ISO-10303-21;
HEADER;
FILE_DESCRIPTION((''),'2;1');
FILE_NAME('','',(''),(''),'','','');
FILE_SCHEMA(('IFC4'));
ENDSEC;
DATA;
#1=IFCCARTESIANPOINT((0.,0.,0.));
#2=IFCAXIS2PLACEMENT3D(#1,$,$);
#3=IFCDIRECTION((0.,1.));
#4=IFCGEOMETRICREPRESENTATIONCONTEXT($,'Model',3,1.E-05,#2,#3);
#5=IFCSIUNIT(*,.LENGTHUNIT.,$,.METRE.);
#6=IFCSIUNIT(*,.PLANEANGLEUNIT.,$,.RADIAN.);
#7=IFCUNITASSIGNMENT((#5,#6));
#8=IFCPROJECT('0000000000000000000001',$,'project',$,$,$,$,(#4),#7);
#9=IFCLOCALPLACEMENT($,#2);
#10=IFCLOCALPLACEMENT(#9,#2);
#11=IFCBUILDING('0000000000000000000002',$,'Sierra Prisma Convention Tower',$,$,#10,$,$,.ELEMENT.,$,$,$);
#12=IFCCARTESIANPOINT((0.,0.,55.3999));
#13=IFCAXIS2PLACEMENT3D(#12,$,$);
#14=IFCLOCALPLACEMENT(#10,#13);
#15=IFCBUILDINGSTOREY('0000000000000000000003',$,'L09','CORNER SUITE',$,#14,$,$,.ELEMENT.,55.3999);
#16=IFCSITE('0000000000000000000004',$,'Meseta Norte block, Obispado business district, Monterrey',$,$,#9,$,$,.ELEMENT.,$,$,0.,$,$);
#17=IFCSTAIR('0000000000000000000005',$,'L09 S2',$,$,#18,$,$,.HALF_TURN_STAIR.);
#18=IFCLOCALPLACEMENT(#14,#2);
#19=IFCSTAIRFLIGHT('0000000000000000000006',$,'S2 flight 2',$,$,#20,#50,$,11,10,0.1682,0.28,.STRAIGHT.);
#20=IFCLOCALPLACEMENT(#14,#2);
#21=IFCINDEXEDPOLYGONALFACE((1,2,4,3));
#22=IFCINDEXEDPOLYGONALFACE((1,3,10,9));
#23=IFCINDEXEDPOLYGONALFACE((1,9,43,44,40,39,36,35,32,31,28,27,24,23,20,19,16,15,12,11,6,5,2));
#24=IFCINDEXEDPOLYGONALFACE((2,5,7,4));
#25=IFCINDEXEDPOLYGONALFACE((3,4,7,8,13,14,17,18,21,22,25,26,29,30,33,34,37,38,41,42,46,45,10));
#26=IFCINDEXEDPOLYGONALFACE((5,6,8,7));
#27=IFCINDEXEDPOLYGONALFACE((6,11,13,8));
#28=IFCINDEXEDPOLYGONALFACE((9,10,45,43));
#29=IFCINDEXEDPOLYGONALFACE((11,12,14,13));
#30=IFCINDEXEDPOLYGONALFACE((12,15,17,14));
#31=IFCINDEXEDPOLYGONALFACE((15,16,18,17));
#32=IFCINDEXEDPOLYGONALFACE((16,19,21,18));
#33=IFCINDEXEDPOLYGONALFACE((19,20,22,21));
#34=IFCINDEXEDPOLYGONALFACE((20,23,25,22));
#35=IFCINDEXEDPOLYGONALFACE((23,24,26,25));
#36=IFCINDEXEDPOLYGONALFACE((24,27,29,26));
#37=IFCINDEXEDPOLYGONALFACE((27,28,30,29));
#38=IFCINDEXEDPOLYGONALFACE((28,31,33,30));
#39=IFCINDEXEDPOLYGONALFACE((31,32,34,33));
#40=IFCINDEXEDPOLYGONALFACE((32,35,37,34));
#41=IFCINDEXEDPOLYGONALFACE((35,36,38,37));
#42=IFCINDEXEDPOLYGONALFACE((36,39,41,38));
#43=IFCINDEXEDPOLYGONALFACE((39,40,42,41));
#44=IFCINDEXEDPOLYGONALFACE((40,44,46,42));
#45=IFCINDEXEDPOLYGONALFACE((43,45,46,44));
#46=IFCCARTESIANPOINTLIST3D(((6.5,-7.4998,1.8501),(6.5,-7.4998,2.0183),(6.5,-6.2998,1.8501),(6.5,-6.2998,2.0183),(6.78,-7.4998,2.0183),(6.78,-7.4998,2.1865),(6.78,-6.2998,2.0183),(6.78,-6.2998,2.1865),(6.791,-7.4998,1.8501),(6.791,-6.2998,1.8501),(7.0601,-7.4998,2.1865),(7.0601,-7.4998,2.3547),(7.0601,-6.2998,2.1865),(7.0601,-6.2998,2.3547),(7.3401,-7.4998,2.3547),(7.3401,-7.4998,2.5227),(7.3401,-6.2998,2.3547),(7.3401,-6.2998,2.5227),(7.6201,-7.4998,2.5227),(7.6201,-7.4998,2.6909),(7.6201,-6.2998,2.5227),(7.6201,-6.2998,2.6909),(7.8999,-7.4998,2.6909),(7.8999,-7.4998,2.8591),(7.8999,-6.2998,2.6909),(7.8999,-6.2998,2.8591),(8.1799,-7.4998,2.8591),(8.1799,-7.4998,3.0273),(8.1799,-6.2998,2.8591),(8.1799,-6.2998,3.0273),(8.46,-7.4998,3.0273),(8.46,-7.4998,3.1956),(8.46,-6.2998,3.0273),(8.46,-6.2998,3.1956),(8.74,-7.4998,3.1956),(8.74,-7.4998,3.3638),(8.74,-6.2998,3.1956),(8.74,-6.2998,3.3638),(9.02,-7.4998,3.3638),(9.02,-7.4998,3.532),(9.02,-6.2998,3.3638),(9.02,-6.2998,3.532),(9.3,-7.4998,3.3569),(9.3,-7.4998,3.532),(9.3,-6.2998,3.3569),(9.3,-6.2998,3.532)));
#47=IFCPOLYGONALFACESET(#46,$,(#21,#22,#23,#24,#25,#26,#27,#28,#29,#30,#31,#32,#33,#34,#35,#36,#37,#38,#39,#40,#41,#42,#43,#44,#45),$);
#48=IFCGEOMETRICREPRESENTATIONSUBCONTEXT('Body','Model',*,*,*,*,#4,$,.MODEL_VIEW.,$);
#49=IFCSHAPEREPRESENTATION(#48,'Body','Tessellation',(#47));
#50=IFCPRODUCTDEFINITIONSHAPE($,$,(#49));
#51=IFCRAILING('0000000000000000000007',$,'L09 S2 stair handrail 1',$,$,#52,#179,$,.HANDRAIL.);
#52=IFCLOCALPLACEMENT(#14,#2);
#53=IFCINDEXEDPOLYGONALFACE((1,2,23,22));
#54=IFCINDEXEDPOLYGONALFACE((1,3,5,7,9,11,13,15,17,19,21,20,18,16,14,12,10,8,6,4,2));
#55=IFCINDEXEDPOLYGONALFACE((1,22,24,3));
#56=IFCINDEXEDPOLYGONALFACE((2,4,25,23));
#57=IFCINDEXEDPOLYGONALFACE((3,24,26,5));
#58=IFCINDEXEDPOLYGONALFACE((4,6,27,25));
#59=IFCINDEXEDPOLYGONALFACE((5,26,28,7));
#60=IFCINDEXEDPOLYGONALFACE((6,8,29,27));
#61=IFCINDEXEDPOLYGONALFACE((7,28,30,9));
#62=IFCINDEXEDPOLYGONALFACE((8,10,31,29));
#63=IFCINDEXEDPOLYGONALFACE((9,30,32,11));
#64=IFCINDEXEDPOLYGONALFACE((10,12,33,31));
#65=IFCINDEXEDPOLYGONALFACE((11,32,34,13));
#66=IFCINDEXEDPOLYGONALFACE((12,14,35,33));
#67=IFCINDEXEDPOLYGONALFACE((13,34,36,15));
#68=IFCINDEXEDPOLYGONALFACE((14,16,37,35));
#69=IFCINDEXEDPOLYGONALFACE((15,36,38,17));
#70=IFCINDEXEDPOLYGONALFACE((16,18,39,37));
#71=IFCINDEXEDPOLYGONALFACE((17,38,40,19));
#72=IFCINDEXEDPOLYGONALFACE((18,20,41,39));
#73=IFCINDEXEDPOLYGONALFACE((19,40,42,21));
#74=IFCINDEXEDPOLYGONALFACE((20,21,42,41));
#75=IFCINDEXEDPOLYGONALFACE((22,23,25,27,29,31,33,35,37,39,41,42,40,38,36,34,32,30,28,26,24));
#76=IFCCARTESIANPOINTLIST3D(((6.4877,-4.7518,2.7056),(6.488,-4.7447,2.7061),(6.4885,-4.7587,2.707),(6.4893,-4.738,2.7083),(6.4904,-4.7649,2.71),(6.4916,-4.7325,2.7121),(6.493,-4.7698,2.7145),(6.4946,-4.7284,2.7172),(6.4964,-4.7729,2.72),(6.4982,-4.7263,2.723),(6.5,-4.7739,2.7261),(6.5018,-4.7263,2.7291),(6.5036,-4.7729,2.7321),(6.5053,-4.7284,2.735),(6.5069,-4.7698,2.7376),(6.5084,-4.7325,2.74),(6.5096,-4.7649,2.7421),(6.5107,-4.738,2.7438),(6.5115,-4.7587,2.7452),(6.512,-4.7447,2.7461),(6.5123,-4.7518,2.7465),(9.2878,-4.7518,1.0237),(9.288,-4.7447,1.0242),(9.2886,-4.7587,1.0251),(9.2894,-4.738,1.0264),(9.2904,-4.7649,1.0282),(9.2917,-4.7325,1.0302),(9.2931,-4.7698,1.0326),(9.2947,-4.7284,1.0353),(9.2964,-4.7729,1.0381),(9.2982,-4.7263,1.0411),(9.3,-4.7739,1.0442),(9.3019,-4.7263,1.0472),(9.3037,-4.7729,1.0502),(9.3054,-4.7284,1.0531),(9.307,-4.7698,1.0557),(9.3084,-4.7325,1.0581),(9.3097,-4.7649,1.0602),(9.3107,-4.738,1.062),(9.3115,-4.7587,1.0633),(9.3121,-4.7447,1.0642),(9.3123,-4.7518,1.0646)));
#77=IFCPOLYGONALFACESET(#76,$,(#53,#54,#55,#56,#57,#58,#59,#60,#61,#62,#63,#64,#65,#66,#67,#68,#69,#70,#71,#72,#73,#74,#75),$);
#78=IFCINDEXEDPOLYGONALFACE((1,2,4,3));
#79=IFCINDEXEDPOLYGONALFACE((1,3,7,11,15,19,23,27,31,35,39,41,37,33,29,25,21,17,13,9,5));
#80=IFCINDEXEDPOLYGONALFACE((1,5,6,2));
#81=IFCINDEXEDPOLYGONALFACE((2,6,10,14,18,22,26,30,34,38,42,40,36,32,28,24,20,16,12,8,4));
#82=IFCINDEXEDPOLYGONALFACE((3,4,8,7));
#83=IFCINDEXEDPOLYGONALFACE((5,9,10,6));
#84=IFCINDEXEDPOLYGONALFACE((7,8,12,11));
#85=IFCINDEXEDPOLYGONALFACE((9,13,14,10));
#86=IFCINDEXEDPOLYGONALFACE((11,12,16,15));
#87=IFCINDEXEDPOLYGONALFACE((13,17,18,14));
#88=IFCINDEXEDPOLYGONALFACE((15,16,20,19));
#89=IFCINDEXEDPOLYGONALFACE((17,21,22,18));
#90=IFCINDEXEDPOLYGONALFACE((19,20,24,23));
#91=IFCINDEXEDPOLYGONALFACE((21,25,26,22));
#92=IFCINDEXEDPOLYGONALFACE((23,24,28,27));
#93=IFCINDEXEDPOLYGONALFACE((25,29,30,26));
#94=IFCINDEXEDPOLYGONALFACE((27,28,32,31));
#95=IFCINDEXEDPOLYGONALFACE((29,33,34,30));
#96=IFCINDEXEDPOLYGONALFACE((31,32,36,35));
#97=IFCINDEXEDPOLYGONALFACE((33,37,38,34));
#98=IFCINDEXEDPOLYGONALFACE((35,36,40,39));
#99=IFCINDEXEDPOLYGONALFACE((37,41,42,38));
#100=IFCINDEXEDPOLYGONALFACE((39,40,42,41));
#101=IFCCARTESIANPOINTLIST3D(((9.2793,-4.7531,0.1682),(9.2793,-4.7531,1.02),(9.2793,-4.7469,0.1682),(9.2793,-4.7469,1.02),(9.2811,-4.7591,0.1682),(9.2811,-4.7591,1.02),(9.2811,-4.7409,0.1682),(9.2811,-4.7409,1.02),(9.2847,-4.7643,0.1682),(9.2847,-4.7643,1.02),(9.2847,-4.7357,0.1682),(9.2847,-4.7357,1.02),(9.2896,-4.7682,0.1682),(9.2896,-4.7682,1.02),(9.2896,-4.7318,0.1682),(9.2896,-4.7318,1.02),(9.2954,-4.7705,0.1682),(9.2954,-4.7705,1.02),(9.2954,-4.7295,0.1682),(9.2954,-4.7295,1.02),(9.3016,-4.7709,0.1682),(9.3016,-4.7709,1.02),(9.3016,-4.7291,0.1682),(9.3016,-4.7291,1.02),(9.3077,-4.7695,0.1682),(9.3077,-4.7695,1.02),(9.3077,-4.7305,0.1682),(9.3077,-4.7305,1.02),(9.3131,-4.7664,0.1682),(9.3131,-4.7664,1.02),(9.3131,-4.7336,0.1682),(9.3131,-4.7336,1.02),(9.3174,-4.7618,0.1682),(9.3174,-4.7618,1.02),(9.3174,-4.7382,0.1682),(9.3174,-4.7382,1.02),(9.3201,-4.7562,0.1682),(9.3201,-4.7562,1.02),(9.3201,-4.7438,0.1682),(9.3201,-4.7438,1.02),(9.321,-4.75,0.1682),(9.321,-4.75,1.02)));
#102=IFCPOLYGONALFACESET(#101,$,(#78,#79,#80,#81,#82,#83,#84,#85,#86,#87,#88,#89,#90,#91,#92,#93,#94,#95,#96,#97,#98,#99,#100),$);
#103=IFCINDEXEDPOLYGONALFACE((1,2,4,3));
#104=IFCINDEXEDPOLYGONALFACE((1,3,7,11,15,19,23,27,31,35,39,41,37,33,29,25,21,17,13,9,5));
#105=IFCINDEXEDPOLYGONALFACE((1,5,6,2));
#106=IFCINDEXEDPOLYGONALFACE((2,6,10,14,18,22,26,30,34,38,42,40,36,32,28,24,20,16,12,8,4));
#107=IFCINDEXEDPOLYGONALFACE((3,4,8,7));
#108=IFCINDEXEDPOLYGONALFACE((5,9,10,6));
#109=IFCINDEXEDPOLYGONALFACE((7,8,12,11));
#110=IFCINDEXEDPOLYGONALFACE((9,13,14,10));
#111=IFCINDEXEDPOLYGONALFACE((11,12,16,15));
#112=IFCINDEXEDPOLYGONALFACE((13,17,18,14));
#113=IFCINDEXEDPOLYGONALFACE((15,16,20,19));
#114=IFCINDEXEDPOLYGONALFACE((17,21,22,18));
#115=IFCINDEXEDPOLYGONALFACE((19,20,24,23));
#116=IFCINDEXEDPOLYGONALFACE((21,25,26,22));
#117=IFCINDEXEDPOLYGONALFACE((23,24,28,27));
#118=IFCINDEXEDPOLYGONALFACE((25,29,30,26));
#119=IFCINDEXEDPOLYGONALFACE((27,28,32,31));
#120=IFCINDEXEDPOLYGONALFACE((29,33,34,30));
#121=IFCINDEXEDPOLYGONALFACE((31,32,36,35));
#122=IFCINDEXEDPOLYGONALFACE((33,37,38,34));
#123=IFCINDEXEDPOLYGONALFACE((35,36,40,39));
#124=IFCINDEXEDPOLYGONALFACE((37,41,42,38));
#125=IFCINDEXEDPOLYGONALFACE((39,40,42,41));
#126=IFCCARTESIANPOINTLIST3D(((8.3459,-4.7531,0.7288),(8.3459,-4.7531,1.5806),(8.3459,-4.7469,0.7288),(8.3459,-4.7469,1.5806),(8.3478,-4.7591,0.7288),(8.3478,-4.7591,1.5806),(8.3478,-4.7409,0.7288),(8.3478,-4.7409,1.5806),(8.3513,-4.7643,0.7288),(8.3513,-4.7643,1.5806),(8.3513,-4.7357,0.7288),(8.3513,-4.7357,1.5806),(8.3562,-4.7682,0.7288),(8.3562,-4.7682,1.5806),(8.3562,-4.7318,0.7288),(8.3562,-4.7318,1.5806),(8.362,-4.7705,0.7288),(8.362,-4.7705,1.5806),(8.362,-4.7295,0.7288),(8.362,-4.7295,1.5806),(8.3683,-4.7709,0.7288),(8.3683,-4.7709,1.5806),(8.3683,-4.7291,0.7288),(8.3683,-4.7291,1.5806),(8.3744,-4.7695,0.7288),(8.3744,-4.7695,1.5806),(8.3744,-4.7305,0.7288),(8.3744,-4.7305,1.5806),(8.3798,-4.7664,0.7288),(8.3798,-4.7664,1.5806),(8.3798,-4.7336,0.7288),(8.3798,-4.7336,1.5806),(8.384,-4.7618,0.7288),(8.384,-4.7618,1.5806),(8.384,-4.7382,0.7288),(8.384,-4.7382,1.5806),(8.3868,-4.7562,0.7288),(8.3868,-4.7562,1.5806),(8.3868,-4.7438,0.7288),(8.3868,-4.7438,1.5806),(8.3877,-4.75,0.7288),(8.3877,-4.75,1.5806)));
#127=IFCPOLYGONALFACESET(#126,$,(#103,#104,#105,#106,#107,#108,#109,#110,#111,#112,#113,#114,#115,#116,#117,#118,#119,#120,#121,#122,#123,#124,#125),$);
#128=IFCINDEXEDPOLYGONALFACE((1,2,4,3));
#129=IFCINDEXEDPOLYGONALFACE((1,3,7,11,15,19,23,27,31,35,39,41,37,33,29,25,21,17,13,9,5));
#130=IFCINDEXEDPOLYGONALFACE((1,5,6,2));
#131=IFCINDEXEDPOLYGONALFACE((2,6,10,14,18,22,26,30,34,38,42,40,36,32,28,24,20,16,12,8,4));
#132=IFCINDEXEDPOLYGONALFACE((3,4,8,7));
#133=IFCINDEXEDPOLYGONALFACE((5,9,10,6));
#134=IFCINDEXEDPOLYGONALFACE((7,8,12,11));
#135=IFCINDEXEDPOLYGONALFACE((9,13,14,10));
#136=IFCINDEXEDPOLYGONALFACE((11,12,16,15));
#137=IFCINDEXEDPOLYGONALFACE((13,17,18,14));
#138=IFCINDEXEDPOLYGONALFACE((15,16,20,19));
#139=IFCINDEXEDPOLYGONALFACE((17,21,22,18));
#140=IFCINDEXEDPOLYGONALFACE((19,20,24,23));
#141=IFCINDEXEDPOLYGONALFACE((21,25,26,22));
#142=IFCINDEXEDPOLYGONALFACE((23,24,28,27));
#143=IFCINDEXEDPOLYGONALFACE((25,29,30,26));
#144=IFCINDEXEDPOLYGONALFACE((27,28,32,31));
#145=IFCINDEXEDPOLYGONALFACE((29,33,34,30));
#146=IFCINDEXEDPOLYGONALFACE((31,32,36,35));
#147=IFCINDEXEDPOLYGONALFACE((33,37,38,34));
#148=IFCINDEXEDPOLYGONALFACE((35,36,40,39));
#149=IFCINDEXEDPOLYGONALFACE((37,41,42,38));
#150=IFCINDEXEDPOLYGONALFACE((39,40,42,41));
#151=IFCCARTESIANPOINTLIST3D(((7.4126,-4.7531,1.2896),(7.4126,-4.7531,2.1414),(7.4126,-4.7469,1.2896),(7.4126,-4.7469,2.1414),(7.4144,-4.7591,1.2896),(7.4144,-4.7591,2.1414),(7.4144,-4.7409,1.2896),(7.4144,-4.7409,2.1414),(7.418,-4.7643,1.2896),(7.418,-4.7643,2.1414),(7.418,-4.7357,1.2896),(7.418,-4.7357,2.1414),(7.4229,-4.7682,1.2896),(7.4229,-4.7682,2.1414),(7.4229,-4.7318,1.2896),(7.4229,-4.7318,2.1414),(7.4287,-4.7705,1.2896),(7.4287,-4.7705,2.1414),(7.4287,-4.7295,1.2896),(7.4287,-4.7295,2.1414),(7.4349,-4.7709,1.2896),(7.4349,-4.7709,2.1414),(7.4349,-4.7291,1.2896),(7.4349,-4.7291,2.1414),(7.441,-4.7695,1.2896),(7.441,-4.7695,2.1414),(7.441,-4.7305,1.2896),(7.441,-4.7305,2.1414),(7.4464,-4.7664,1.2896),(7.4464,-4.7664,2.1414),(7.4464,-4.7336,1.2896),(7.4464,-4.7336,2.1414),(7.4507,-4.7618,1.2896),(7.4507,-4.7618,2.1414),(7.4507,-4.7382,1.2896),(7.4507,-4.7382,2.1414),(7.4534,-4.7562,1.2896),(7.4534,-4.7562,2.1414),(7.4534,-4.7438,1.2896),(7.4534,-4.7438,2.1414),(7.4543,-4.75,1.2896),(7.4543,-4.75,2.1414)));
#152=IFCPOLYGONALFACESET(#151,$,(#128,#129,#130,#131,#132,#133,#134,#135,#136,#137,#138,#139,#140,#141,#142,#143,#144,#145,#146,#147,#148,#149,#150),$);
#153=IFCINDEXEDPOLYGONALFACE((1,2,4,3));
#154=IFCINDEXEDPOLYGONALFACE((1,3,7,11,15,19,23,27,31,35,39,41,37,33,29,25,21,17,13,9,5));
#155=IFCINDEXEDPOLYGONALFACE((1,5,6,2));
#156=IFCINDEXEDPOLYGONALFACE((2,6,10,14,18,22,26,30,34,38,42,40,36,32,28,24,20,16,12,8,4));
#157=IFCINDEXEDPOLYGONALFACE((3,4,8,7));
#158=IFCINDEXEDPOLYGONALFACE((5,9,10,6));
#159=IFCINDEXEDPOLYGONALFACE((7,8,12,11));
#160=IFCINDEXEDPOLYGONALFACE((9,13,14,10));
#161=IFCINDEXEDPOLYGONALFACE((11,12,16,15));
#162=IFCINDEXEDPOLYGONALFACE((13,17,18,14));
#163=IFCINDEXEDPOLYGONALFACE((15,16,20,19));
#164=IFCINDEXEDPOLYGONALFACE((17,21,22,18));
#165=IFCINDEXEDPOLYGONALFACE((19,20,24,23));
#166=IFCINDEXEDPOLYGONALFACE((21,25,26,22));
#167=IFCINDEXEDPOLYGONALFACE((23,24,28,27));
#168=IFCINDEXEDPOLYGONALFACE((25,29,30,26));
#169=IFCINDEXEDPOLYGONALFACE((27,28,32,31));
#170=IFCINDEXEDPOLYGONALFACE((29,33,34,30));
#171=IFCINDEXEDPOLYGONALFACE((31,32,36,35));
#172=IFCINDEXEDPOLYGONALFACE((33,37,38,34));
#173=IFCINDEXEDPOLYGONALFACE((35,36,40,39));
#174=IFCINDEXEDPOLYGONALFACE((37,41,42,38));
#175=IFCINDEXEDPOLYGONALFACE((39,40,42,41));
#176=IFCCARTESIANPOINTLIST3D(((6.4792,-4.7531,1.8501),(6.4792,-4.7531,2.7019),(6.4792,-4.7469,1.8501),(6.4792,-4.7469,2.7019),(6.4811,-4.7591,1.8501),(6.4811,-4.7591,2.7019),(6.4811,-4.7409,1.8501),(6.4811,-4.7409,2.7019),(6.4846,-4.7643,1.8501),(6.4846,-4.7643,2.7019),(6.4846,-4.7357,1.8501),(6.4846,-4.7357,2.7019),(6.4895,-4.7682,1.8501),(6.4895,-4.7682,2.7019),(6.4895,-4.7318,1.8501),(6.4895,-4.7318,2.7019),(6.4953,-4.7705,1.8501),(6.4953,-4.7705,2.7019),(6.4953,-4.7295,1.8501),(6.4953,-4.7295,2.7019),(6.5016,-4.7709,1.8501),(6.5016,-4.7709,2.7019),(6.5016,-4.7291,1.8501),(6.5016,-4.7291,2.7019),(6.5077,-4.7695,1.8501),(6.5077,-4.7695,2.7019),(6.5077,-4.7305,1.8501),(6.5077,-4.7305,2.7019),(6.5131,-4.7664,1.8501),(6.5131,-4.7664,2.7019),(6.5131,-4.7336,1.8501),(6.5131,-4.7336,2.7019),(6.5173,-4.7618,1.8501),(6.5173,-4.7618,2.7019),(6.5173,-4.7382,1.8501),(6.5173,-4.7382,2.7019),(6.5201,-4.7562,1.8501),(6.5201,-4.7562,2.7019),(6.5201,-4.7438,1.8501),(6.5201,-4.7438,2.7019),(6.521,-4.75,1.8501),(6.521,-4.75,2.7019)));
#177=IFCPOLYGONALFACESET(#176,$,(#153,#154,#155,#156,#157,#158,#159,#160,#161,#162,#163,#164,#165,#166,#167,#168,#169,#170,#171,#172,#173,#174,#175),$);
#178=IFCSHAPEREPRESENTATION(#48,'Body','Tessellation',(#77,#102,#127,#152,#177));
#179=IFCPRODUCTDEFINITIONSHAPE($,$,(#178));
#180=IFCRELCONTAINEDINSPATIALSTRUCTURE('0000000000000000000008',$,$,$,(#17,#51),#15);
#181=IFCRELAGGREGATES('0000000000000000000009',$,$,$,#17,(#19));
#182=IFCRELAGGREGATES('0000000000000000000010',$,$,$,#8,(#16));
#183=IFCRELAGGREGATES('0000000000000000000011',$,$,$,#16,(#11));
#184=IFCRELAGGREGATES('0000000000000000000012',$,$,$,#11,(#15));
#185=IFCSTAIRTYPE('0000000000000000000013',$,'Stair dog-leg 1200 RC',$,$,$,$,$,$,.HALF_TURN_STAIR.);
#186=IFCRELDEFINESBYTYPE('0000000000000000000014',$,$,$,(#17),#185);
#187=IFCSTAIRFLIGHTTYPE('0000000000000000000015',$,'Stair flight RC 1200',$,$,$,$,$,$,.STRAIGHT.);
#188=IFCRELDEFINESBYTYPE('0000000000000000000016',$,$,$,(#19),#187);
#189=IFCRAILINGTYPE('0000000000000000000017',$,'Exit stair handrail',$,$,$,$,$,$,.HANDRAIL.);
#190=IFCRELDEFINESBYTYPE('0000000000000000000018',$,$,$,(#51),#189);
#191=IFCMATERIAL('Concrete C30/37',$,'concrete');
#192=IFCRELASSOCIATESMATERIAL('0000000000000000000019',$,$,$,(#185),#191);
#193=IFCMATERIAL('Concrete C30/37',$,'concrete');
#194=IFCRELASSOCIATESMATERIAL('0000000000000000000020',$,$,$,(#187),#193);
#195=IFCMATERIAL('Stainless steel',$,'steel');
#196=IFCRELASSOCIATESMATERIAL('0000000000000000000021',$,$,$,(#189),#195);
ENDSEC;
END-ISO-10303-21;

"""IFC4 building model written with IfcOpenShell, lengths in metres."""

from ifc_helpers import new_model, si_unit, direction, frame, origin, origin_2d, place, context, subcontext, project, spatial, polyline, circle, outline, extrude, material, type_object, element, aggregate, save


model = new_model("IFC4")

# Units and contexts
model_context = context("Model", 3, precision=1e-05, world=origin(), true_north=direction((0.0, 1.0)))
body_context = subcontext(model_context, "Body", "Model", "MODEL_VIEW")
ifc_project = project(units=[si_unit("LENGTHUNIT", "METRE"), si_unit("PLANEANGLEUNIT", "RADIAN")], contexts=[model_context])

# Site, building, storey
site_placement = place(None, origin())
site = spatial("IfcSite", under=ifc_project, at=site_placement, Name="Meseta Norte block, Obispado business district, Monterrey", CompositionType="ELEMENT", RefElevation=0.0)
building_placement = place(site_placement, origin())
building = spatial("IfcBuilding", under=site, at=building_placement, Name="Sierra Prisma Convention Tower", CompositionType="ELEMENT")
storey_placement = place(building_placement, frame((0.0, 0.0, 55.3999)))
storey = spatial("IfcBuildingStorey", under=building, at=storey_placement, Name="L09", Description="CORNER SUITE", CompositionType="ELEMENT", Elevation=55.3999)

# Stair, stair flight
ifc_material_1 = material(Name="Concrete C30/37", Category="concrete")
stair_type = type_object("IfcStairType", Name="Stair dog-leg 1200 RC", PredefinedType="HALF_TURN_STAIR", material=ifc_material_1)
stair_placement = place(storey_placement, origin())
stair = element("IfcStair", 1, at=stair_placement, inside=storey, type_object=stair_type, Name="L09 S2", PredefinedType="HALF_TURN_STAIR")
ifc_material_2 = material(Name="Concrete C30/37", Category="concrete")
stair_flight_type = type_object("IfcStairFlightType", Name="Stair flight RC 1200", PredefinedType="STRAIGHT", material=ifc_material_2)
stair_flight_1_placement = place(storey_placement, frame((6.5, -6.8999, 1.8501), z_axis=(0.0, 0.0, 1.0), x_axis=(1.0, 0.0, 0.0)))
stair_flight_1 = element("IfcStairFlight", 2, at=stair_flight_1_placement, type_object=stair_flight_type, Name="S2 flight 2", NumberOfRisers=11, NumberOfTreads=10, PredefinedType="STRAIGHT", RiserHeight=0.1682, TreadLength=0.28, context=body_context, shape_type="SweptSolid", body=[
    extrude(outline(polyline([(0.0, 0.0), (0.0, 0.1682), (0.28, 0.1682), (0.28, 0.3364), (0.5601, 0.3364), (0.5601, 0.5046), (0.8401, 0.5046), (0.8401, 0.6726), (1.1201, 0.6726), (1.1201, 0.8408), (1.3999, 0.8408), (1.3999, 1.009), (1.6799, 1.009), (1.6799, 1.1772), (1.96, 1.1772), (1.96, 1.3455), (2.24, 1.3455), (2.24, 1.5137), (2.52, 1.5137), (2.52, 1.6819), (2.8, 1.6819), (2.8, 1.8501), (2.8, 1.5068), (0.291, 0.0), (0.0, 0.0)])), frame((0.0, 0.6001, 0.0), z_axis=(0.0, -1.0, 0.0), x_axis=(1.0, 0.0, 0.0)), (0.0, 0.0, 1.0), 1.2),
])
aggregate(stair, [stair_flight_1])

# Railing
ifc_material_3 = material(Name="Stainless steel", Category="steel")
railing_type_1 = type_object("IfcRailingType", Name="Exit stair handrail", PredefinedType="HANDRAIL", material=ifc_material_3)
railing_1_placement = place(storey_placement, frame((9.3, -4.75, 0.1682)))
element("IfcRailing", 3, at=railing_1_placement, inside=storey, type_object=railing_type_1, Name="L09 S2 stair handrail 1", PredefinedType="HANDRAIL", context=body_context, shape_type="SweptSolid", body=[
    extrude(circle(Radius=0.0239, at=origin_2d()), frame((0.0, 0.0, 0.876), z_axis=(-0.857242, 0.0, 0.514913), x_axis=(0.0, -1.0, 0.0)), (0.0, 0.0, 1.0), 3.2664),
    extrude(circle(Radius=0.021, at=origin_2d()), origin(), (0.0, 0.0, 1.0), 0.8518),
    extrude(circle(Radius=0.021, at=origin_2d()), frame((-0.9333, 0.0, 0.5605)), (0.0, 0.0, 1.0), 0.8518),
    extrude(circle(Radius=0.021, at=origin_2d()), frame((-1.8667, 0.0, 1.1213)), (0.0, 0.0, 1.0), 0.8518),
    extrude(circle(Radius=0.021, at=origin_2d()), frame((-2.8, 0.0, 1.6819)), (0.0, 0.0, 1.0), 0.8518),
])

save(model, "model.ifc")
